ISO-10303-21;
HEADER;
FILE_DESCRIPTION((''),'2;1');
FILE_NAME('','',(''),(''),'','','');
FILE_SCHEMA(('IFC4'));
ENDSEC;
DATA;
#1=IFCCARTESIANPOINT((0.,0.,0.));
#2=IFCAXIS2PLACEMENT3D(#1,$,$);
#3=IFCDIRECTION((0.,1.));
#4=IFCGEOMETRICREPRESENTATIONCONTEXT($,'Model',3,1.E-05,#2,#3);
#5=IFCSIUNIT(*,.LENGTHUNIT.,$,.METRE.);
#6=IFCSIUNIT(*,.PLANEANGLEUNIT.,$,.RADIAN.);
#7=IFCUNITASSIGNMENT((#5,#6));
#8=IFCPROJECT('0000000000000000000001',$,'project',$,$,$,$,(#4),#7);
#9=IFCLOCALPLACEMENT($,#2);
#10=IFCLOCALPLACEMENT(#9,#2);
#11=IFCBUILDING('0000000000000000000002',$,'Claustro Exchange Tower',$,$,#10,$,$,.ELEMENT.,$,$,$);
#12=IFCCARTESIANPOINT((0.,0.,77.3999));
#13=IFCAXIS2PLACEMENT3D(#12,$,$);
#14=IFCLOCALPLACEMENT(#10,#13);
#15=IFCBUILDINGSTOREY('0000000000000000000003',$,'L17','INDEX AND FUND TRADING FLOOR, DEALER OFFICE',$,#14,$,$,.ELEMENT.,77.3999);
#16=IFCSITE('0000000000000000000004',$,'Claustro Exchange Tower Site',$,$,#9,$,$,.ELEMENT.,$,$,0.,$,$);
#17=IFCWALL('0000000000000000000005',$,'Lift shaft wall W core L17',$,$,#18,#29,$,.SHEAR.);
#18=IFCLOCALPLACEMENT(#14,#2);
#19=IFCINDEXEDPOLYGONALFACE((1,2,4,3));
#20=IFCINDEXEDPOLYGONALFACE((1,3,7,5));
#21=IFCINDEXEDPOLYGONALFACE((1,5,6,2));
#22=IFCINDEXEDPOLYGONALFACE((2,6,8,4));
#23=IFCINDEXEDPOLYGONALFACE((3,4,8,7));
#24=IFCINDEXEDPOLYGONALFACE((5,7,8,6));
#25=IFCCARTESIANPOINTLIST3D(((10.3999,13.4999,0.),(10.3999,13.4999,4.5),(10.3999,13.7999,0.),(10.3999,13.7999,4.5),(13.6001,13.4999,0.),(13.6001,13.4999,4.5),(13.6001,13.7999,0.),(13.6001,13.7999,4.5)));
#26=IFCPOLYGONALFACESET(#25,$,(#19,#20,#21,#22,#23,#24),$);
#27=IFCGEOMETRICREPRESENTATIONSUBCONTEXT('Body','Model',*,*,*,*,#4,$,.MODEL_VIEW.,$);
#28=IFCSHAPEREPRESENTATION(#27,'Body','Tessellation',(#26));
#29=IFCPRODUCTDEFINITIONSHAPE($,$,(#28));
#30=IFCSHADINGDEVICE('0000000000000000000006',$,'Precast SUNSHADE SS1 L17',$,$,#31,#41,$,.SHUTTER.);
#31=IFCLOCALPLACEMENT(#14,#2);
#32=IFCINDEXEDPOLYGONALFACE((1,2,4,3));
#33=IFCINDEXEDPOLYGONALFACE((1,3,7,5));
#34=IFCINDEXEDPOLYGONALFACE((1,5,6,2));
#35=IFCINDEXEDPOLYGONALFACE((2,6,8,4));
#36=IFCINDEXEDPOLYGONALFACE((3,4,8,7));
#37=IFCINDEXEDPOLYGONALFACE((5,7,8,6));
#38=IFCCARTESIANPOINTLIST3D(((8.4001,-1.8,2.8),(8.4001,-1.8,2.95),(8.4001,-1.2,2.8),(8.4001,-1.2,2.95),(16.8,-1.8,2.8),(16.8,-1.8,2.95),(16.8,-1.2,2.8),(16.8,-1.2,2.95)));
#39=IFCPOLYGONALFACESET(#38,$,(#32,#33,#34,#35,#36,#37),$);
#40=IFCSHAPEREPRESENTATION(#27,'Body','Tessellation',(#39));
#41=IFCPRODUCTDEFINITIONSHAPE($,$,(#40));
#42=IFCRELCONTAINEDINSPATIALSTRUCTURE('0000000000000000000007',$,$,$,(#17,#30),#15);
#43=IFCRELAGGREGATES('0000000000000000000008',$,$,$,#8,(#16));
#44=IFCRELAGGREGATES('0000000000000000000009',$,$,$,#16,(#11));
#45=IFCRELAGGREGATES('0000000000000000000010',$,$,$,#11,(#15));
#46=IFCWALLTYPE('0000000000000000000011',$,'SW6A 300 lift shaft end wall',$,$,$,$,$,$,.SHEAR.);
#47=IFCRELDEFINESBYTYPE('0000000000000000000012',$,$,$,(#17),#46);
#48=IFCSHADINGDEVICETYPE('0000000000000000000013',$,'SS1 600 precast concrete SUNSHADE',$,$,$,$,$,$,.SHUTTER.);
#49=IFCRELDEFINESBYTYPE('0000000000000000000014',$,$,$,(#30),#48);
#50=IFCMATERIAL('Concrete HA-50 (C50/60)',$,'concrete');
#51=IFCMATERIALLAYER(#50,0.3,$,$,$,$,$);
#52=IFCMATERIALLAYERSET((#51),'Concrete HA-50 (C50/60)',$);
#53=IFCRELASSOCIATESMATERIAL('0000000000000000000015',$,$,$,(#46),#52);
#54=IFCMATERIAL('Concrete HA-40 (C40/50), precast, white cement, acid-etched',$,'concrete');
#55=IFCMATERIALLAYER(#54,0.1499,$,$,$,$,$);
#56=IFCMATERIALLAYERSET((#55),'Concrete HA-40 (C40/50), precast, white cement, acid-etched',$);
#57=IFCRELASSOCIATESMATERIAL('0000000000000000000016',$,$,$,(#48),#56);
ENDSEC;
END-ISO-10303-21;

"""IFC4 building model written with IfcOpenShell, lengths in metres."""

from ifc_helpers import new_model, si_unit, direction, frame, frame_2d, origin, origin_2d, place, context, subcontext, project, spatial, rectangle, extrude, material, layer, layer_set, type_object, element, save


model = new_model("IFC4")

# Units and contexts
model_context = context("Model", 3, precision=1e-05, world=origin(), true_north=direction((0.0, 1.0)))
body_context = subcontext(model_context, "Body", "Model", "MODEL_VIEW")
ifc_project = project(units=[si_unit("LENGTHUNIT", "METRE"), si_unit("PLANEANGLEUNIT", "RADIAN")], contexts=[model_context])

# Site, building, storey
site_placement = place(None, origin())
site = spatial("IfcSite", under=ifc_project, at=site_placement, Name="Claustro Exchange Tower Site", CompositionType="ELEMENT", RefElevation=0.0)
building_placement = place(site_placement, origin())
building = spatial("IfcBuilding", under=site, at=building_placement, Name="Claustro Exchange Tower", CompositionType="ELEMENT")
storey_placement = place(building_placement, frame((0.0, 0.0, 77.3999)))
storey = spatial("IfcBuildingStorey", under=building, at=storey_placement, Name="L17", Description="INDEX AND FUND TRADING FLOOR, DEALER OFFICE", CompositionType="ELEMENT", Elevation=77.3999)

# Wall
ifc_material_1 = material(Name="Concrete HA-50 (C50/60)", Category="concrete")
ifc_layer_1 = layer(ifc_material_1, 0.3)
ifc_layer_set_1 = layer_set([ifc_layer_1], Name="Concrete HA-50 (C50/60)")
wall_type_1 = type_object("IfcWallType", Name="SW6A 300 lift shaft end wall", PredefinedType="SHEAR", material=ifc_layer_set_1)
wall_1_placement = place(storey_placement, frame((10.3999, 13.6499, 0.0), z_axis=(0.0, 0.0, 1.0), x_axis=(1.0, 0.0, 0.0)))
element("IfcWall", 1, at=wall_1_placement, inside=storey, type_object=wall_type_1, Name="Lift shaft wall W core L17", PredefinedType="SHEAR", context=body_context, shape_type="SweptSolid", body=[
    extrude(rectangle(XDim=3.2002, YDim=0.3, at=frame_2d((1.6001, 0.0))), origin(), (0.0, 0.0, 1.0), 4.5),
])

# Shading device
ifc_material_2 = material(Name="Concrete HA-40 (C40/50), precast, white cement, acid-etched", Category="concrete")
ifc_layer_2 = layer(ifc_material_2, 0.1499)
ifc_layer_set_2 = layer_set([ifc_layer_2], Name="Concrete HA-40 (C40/50), precast, white cement, acid-etched")
shading_device_type = type_object("IfcShadingDeviceType", Name="SS1 600 precast concrete SUNSHADE", PredefinedType="SHUTTER", material=ifc_layer_set_2)
shading_device_placement = place(storey_placement, frame((12.6001, -1.5, 2.8), z_axis=(0.0, 0.0, 1.0), x_axis=(-1.0, 0.0, 0.0)))
element("IfcShadingDevice", 2, at=shading_device_placement, inside=storey, type_object=shading_device_type, Name="Precast SUNSHADE SS1 L17", PredefinedType="SHUTTER", context=body_context, shape_type="SweptSolid", body=[
    extrude(rectangle(XDim=8.3999, YDim=0.6001, at=origin_2d()), origin(), (0.0, 0.0, 1.0), 0.1499),
])

save(model, "model.ifc")
